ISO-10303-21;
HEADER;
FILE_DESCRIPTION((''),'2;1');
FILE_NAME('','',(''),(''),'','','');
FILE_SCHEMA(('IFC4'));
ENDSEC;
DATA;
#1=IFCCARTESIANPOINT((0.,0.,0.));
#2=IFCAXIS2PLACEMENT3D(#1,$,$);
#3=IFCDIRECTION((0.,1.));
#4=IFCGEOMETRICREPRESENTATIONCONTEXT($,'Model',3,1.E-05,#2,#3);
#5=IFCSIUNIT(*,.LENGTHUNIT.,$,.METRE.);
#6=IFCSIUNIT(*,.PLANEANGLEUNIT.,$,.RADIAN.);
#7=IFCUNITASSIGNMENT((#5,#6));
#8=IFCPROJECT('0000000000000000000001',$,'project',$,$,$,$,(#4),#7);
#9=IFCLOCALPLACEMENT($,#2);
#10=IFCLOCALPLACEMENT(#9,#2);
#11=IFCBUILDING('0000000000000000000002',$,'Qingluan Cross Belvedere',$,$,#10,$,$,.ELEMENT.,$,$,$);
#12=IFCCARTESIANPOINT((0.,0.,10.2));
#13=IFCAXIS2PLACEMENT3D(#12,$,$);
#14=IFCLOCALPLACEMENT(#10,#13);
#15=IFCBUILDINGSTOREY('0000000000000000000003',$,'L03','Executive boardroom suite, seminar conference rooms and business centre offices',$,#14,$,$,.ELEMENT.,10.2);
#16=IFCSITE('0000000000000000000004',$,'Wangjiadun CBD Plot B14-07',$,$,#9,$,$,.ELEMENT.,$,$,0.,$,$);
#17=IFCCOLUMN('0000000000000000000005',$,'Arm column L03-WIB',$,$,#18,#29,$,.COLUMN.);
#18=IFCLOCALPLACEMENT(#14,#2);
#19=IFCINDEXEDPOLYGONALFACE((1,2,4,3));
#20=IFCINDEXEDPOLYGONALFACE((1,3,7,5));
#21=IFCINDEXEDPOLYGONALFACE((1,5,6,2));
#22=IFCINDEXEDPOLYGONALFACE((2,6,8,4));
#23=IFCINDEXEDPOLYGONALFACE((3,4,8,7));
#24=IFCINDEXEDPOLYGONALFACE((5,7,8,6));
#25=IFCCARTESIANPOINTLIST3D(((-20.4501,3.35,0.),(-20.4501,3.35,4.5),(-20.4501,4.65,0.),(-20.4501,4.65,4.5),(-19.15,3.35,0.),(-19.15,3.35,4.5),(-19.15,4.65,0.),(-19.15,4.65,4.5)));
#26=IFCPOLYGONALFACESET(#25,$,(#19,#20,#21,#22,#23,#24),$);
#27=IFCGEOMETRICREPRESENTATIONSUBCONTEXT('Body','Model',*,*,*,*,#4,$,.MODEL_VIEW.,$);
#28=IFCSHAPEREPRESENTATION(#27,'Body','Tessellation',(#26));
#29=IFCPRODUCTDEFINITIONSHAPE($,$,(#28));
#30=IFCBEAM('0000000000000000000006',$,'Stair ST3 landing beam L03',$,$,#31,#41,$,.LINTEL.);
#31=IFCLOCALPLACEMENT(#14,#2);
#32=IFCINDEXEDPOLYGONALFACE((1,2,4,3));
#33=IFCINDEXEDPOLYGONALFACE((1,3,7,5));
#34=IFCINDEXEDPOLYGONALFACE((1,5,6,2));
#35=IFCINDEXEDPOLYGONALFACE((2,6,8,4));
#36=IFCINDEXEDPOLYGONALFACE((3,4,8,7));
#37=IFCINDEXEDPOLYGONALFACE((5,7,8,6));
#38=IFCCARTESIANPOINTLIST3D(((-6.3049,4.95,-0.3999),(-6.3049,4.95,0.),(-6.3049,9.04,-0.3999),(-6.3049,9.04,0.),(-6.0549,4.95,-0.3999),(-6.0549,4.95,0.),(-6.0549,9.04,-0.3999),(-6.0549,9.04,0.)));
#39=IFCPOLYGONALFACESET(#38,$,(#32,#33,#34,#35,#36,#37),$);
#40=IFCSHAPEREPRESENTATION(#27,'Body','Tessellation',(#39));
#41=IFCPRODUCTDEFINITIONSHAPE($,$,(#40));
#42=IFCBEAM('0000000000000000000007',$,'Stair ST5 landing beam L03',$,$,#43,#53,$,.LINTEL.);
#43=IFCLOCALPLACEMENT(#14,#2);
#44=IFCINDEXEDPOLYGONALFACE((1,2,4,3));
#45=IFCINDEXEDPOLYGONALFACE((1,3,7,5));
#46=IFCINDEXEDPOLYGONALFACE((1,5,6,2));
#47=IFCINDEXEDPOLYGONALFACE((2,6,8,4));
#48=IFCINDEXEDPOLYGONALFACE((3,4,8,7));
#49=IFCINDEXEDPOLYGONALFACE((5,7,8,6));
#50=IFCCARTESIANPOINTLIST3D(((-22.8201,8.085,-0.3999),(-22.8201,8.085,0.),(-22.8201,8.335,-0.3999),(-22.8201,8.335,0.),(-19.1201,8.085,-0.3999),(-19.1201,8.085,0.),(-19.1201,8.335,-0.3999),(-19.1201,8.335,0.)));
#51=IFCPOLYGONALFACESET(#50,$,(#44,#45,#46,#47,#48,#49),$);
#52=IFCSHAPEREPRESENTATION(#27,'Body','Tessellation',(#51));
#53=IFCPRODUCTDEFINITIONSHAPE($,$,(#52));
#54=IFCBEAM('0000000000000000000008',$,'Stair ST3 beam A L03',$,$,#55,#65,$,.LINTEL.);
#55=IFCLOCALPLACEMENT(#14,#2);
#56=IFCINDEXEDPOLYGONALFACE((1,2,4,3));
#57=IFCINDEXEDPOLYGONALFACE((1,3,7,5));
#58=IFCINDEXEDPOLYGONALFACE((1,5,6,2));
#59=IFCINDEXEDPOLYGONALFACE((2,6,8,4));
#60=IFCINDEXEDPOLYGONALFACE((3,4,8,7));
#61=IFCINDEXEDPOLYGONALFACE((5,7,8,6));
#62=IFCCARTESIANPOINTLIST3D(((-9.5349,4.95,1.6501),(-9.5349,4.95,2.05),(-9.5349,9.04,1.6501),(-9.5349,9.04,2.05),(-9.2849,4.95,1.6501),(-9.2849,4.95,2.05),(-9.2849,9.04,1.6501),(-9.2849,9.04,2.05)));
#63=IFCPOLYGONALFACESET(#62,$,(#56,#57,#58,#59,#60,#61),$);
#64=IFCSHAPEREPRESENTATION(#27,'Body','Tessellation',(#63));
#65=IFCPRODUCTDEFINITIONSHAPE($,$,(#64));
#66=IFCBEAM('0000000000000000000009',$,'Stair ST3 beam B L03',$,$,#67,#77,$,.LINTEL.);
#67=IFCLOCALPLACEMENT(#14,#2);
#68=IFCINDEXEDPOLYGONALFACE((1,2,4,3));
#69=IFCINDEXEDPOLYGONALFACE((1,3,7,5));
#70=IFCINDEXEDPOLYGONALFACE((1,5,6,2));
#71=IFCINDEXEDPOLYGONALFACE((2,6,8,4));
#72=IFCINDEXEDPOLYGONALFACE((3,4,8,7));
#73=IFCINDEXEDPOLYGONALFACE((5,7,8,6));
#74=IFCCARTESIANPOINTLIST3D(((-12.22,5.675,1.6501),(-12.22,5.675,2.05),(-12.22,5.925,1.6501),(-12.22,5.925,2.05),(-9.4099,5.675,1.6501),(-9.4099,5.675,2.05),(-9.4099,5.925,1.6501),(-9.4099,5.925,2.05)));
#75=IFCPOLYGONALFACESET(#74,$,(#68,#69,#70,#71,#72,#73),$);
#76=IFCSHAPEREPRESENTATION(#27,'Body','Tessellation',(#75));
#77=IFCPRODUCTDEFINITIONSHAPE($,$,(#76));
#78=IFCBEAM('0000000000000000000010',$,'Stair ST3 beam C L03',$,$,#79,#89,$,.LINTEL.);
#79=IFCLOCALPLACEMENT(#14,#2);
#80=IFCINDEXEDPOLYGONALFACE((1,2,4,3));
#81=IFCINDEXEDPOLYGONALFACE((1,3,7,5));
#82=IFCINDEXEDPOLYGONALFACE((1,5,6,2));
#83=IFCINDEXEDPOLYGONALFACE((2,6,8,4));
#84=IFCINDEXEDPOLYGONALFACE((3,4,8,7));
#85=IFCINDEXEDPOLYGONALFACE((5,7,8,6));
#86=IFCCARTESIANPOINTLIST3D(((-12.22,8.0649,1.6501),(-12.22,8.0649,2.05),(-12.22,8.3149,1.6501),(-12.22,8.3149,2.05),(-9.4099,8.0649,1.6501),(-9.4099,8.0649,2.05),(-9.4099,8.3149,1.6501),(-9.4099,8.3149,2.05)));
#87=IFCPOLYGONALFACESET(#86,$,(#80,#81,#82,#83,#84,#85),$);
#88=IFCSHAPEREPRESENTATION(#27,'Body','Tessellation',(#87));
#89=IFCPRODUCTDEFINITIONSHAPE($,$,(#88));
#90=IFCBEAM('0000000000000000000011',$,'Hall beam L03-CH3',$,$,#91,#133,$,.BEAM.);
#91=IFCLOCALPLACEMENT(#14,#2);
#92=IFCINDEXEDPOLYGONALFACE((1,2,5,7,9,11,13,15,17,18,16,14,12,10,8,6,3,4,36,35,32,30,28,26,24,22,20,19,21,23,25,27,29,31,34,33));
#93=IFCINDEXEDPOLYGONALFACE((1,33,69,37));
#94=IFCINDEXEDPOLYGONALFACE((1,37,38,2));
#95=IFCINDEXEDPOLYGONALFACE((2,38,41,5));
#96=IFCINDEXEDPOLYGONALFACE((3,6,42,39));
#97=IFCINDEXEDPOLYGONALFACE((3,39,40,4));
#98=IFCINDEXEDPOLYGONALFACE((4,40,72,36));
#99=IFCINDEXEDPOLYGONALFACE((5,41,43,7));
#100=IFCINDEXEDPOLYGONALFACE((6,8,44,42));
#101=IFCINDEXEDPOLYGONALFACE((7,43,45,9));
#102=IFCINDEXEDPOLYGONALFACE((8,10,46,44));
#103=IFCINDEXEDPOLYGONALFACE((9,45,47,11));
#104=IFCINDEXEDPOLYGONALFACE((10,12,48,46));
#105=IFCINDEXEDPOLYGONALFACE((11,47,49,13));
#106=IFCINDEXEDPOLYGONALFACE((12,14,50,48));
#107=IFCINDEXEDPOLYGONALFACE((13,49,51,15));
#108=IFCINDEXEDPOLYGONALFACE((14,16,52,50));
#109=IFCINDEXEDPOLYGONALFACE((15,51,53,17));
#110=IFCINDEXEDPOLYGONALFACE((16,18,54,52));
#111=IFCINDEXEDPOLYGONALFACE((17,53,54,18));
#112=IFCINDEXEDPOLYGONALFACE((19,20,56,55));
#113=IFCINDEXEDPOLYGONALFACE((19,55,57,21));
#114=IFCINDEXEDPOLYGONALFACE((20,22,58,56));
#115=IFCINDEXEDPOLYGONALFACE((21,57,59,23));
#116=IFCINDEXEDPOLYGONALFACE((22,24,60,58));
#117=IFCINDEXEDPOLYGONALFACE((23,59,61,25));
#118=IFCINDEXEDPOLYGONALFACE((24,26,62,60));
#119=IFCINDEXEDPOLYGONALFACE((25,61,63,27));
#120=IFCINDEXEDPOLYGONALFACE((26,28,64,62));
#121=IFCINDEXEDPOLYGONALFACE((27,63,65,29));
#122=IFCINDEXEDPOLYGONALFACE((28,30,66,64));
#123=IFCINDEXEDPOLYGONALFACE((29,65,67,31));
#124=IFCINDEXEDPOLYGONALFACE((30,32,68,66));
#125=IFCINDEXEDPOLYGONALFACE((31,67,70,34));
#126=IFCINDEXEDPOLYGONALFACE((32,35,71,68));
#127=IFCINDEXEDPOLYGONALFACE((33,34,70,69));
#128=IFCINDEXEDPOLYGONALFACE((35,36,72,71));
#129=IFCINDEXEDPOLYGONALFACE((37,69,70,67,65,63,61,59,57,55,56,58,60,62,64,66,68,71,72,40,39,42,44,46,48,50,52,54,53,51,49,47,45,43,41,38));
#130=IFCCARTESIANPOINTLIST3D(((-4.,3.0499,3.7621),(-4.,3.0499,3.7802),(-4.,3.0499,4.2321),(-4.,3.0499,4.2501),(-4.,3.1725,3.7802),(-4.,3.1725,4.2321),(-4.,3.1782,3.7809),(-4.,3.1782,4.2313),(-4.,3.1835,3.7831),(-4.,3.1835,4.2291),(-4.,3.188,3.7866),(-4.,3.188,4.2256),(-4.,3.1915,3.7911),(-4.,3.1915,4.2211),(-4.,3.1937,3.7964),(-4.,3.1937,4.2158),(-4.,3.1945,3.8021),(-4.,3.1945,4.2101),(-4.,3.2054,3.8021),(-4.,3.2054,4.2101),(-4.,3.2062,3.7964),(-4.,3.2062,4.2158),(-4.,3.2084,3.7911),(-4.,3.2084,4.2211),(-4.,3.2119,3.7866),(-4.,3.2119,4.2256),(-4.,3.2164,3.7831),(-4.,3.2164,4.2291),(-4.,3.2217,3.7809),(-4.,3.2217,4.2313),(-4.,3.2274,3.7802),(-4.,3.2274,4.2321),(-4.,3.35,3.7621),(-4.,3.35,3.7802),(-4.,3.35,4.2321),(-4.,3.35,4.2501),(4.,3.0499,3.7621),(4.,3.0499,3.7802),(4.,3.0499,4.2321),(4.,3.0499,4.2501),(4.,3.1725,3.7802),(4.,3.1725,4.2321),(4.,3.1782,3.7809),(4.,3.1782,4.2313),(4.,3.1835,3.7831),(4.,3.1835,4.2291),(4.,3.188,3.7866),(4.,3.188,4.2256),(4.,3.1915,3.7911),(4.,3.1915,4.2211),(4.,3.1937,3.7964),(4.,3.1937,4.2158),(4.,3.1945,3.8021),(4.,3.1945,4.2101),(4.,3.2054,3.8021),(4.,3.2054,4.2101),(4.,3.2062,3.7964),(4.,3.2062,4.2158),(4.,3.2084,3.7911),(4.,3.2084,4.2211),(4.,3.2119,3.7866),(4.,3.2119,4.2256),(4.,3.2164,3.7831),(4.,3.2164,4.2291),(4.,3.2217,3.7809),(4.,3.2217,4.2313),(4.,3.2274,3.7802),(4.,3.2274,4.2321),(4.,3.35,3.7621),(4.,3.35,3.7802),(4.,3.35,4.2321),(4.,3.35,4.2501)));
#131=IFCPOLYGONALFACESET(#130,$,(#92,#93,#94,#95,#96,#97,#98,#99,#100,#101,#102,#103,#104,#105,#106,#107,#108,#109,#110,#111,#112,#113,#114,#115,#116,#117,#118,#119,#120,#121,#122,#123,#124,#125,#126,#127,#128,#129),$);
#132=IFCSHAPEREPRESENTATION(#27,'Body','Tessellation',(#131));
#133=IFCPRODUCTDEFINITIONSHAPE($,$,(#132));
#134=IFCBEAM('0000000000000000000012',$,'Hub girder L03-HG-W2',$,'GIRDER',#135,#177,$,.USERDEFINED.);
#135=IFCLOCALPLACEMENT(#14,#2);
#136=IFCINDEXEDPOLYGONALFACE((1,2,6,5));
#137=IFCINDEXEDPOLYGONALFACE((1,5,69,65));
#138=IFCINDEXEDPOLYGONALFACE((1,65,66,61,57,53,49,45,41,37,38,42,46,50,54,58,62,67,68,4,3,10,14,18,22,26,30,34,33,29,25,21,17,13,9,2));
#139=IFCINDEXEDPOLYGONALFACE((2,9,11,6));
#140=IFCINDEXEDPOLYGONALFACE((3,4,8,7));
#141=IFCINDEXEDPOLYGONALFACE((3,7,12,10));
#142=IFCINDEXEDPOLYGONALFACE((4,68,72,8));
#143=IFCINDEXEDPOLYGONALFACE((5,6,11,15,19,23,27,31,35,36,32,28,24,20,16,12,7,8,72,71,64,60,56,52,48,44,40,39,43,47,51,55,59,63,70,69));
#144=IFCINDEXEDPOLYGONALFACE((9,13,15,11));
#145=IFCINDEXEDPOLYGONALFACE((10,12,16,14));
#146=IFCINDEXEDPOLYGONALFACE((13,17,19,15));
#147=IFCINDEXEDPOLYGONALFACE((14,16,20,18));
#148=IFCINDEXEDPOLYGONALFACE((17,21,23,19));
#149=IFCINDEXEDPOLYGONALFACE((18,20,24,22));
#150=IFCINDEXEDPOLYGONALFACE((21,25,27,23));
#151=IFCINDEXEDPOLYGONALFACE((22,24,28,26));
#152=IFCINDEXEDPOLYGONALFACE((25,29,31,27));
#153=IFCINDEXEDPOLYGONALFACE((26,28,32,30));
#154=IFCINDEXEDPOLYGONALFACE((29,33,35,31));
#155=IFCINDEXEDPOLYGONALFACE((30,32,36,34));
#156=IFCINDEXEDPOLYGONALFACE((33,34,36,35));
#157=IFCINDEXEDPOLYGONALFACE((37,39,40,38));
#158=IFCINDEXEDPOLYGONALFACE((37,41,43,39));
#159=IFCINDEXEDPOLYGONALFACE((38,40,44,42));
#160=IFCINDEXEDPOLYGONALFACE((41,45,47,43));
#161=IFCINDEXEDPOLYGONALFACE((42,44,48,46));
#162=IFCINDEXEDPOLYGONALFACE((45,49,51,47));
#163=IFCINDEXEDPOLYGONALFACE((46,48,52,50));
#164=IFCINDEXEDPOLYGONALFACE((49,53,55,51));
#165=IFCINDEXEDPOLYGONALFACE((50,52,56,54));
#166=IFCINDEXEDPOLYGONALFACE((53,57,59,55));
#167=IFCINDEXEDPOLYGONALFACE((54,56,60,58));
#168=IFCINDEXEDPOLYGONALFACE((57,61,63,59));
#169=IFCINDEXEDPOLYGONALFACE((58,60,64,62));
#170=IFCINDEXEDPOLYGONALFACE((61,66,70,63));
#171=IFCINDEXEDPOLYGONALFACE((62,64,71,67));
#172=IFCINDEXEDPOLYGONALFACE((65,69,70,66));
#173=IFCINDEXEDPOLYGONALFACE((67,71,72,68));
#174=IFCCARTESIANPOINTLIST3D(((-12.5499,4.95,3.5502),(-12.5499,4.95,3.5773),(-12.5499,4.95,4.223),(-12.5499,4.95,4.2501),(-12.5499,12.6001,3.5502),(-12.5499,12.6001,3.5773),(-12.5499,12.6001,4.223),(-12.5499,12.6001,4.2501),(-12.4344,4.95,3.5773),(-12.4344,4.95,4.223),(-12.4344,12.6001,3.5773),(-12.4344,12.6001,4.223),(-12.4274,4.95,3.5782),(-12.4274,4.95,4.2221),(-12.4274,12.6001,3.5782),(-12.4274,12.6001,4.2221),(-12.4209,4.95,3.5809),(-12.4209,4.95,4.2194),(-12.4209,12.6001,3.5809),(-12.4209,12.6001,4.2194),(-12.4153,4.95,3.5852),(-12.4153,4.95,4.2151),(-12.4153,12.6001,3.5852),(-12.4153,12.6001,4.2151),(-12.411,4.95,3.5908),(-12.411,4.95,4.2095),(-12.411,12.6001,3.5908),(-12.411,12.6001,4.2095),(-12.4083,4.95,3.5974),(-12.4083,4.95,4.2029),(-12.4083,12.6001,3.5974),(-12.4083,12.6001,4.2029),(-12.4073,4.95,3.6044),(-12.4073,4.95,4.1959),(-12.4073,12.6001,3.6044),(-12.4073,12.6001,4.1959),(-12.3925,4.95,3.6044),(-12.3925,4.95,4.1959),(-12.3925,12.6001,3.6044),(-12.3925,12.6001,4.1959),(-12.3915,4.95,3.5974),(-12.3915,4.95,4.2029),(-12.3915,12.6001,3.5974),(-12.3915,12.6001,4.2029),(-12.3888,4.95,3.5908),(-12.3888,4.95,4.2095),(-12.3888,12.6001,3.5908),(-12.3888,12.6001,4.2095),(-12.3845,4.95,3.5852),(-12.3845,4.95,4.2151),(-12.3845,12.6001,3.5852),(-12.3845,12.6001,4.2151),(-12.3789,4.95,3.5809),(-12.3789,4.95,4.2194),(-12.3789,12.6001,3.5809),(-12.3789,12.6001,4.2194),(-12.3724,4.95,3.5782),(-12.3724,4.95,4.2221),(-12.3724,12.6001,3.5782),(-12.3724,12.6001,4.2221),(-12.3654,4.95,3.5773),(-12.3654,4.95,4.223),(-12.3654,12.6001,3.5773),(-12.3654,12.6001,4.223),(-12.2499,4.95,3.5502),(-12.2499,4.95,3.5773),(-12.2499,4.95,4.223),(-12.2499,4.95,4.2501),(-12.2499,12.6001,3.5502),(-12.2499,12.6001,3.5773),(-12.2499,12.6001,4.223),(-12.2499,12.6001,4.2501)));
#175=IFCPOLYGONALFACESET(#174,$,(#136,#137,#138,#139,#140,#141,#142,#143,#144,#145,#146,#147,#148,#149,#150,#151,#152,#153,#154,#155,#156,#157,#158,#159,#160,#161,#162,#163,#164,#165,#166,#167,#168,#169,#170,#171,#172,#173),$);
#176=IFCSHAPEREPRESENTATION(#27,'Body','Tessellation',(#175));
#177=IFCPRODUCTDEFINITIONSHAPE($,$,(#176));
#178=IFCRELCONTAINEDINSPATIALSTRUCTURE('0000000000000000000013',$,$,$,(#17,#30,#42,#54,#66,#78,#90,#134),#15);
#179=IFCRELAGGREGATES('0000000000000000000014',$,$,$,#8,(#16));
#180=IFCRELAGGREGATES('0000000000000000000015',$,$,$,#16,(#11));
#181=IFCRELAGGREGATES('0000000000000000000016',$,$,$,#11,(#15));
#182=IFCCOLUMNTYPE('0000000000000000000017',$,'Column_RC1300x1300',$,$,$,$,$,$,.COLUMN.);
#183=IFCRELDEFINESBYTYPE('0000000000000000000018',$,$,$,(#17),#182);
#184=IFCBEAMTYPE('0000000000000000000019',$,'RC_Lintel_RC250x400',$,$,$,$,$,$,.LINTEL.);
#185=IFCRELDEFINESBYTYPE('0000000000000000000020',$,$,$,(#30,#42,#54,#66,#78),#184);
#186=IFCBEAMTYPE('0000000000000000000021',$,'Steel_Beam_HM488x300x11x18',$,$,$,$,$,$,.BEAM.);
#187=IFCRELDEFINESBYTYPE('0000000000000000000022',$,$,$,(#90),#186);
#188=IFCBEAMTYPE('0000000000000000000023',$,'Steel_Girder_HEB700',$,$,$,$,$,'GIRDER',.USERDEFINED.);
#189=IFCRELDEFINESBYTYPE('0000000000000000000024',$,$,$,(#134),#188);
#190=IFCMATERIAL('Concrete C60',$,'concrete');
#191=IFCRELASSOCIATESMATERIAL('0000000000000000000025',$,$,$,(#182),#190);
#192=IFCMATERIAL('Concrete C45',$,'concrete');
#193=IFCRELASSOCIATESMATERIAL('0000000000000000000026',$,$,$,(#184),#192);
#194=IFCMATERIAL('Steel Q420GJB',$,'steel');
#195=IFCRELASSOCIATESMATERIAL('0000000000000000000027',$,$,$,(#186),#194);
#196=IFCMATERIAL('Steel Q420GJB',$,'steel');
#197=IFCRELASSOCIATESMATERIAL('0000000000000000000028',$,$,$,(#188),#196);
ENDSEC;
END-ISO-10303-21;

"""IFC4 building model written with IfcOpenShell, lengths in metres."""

from ifc_helpers import new_model, si_unit, direction, frame, origin, origin_2d, place, context, subcontext, project, spatial, rectangle, i_section, extrude, material, material_profile, profile_set, type_object, element, save


model = new_model("IFC4")

# Units and contexts
model_context = context("Model", 3, precision=1e-05, world=origin(), true_north=direction((0.0, 1.0)))
body_context = subcontext(model_context, "Body", "Model", "MODEL_VIEW")
ifc_project = project(units=[si_unit("LENGTHUNIT", "METRE"), si_unit("PLANEANGLEUNIT", "RADIAN")], contexts=[model_context])

# Site, building, storey
site_placement = place(None, origin())
site = spatial("IfcSite", under=ifc_project, at=site_placement, Name="Wangjiadun CBD Plot B14-07", CompositionType="ELEMENT", RefElevation=0.0)
building_placement = place(site_placement, origin())
building = spatial("IfcBuilding", under=site, at=building_placement, Name="Qingluan Cross Belvedere", CompositionType="ELEMENT")
storey_placement = place(building_placement, frame((0.0, 0.0, 10.2)))
storey = spatial("IfcBuildingStorey", under=building, at=storey_placement, Name="L03", Description="Executive boardroom suite, seminar conference rooms and business centre offices", CompositionType="ELEMENT", Elevation=10.2)

# Column
ifc_material_1 = material(Name="Concrete C60", Category="concrete")
ifc_material_profile_1 = material_profile(ifc_material_1, rectangle(XDim=1.3, YDim=1.3, at=origin_2d()), Name="RC1300x1300")
ifc_profile_set_1 = profile_set([ifc_material_profile_1], Name="Concrete C60")
column_type = type_object("IfcColumnType", Name="Column_RC1300x1300", PredefinedType="COLUMN", material=ifc_profile_set_1)
column_placement = place(storey_placement, frame((-19.8, 4.0, 0.0), z_axis=(0.0, 0.0, 1.0), x_axis=(1.0, 0.0, 0.0)))
element("IfcColumn", 1, at=column_placement, inside=storey, type_object=column_type, Name="Arm column L03-WIB", PredefinedType="COLUMN", context=body_context, shape_type="SweptSolid", body=[
    extrude(rectangle(XDim=1.3, YDim=1.3, at=origin_2d()), origin(), (0.0, 0.0, 1.0), 4.5),
])

# Beams
ifc_material_2 = material(Name="Concrete C45", Category="concrete")
ifc_material_profile_2 = material_profile(ifc_material_2, rectangle(XDim=0.25, YDim=0.3999, at=origin_2d()), Name="RC250x400")
ifc_profile_set_2 = profile_set([ifc_material_profile_2], Name="Concrete C45")
beam_type_1 = type_object("IfcBeamType", Name="RC_Lintel_RC250x400", PredefinedType="LINTEL", material=ifc_profile_set_2)
beam_1_placement = place(storey_placement, frame((-6.1799, 4.95, -0.2), z_axis=(0.0, 1.0, 0.0), x_axis=(-1.0, 0.0, 0.0)))
element("IfcBeam", 2, at=beam_1_placement, inside=storey, type_object=beam_type_1, Name="Stair ST3 landing beam L03", PredefinedType="LINTEL", context=body_context, shape_type="SweptSolid", body=[
    extrude(rectangle(XDim=0.25, YDim=0.3999, at=origin_2d()), origin(), (0.0, 0.0, 1.0), 4.0901),
])
beam_2_placement = place(storey_placement, frame((-22.8201, 8.21, -0.2), z_axis=(1.0, 0.0, 0.0), x_axis=(0.0, 1.0, 0.0)))
element("IfcBeam", 3, at=beam_2_placement, inside=storey, type_object=beam_type_1, Name="Stair ST5 landing beam L03", PredefinedType="LINTEL", context=body_context, shape_type="SweptSolid", body=[
    extrude(rectangle(XDim=0.25, YDim=0.3999, at=origin_2d()), origin(), (0.0, 0.0, 1.0), 3.7),
])
beam_3_placement = place(storey_placement, frame((-9.4099, 4.95, 1.8501), z_axis=(0.0, 1.0, 0.0), x_axis=(-1.0, 0.0, 0.0)))
element("IfcBeam", 4, at=beam_3_placement, inside=storey, type_object=beam_type_1, Name="Stair ST3 beam A L03", PredefinedType="LINTEL", context=body_context, shape_type="SweptSolid", body=[
    extrude(rectangle(XDim=0.25, YDim=0.3999, at=origin_2d()), origin(), (0.0, 0.0, 1.0), 4.0901),
])
for number, where, z_axis, x_axis, name in (
    (5, (-12.22, 5.8, 1.8501), (1.0, 0.0, 0.0), (0.0, 1.0, 0.0), "Stair ST3 beam B L03"),
    (6, (-12.22, 8.1899, 1.8501), (1.0, 0.0, 0.0), (0.0, 1.0, 0.0), "Stair ST3 beam C L03"),
):
    element("IfcBeam", number, at=place(storey_placement, frame(where, z_axis=z_axis, x_axis=x_axis)), inside=storey, type_object=beam_type_1, Name=name, PredefinedType="LINTEL", context=body_context, shape_type="SweptSolid", body=[
        extrude(rectangle(XDim=0.25, YDim=0.3999, at=origin_2d()), origin(), (0.0, 0.0, 1.0), 2.8101),
    ])
ifc_material_3 = material(Name="Steel Q420GJB", Category="steel")
ifc_material_profile_3 = material_profile(ifc_material_3, i_section(OverallWidth=0.3, OverallDepth=0.488, WebThickness=0.011, FlangeThickness=0.0181, FilletRadius=0.022, at=origin_2d()), Name="HM488x300x11x18")
ifc_profile_set_3 = profile_set([ifc_material_profile_3], Name="Steel Q420GJB")
beam_type_2 = type_object("IfcBeamType", Name="Steel_Beam_HM488x300x11x18", PredefinedType="BEAM", material=ifc_profile_set_3)
beam_4_placement = place(storey_placement, frame((-4.0, 3.2, 4.0061), z_axis=(1.0, 0.0, 0.0), x_axis=(0.0, 1.0, 0.0)))
element("IfcBeam", 7, at=beam_4_placement, inside=storey, type_object=beam_type_2, Name="Hall beam L03-CH3", PredefinedType="BEAM", context=body_context, shape_type="SweptSolid", body=[
    extrude(i_section(OverallWidth=0.3, OverallDepth=0.488, WebThickness=0.011, FlangeThickness=0.0181, FilletRadius=0.022, at=origin_2d()), origin(), (0.0, 0.0, 1.0), 8.0),
])
ifc_material_4 = material(Name="Steel Q420GJB", Category="steel")
ifc_material_profile_4 = material_profile(ifc_material_4, i_section(OverallWidth=0.3, OverallDepth=0.7, WebThickness=0.0149, FlangeThickness=0.0271, FilletRadius=0.0271, at=origin_2d()), Name="HEB700")
ifc_profile_set_4 = profile_set([ifc_material_profile_4], Name="Steel Q420GJB")
beam_type_3 = type_object("IfcBeamType", Name="Steel_Girder_HEB700", ElementType="GIRDER", PredefinedType="USERDEFINED", material=ifc_profile_set_4)
beam_5_placement = place(storey_placement, frame((-12.3999, 4.95, 3.9001), z_axis=(0.0, 1.0, 0.0), x_axis=(-1.0, 0.0, 0.0)))
element("IfcBeam", 8, at=beam_5_placement, inside=storey, type_object=beam_type_3, Name="Hub girder L03-HG-W2", ObjectType="GIRDER", PredefinedType="USERDEFINED", context=body_context, shape_type="SweptSolid", body=[
    extrude(i_section(OverallWidth=0.3, OverallDepth=0.7, WebThickness=0.0149, FlangeThickness=0.0271, FilletRadius=0.0271, at=origin_2d()), origin(), (0.0, 0.0, 1.0), 7.6501),
])

save(model, "model.ifc")
